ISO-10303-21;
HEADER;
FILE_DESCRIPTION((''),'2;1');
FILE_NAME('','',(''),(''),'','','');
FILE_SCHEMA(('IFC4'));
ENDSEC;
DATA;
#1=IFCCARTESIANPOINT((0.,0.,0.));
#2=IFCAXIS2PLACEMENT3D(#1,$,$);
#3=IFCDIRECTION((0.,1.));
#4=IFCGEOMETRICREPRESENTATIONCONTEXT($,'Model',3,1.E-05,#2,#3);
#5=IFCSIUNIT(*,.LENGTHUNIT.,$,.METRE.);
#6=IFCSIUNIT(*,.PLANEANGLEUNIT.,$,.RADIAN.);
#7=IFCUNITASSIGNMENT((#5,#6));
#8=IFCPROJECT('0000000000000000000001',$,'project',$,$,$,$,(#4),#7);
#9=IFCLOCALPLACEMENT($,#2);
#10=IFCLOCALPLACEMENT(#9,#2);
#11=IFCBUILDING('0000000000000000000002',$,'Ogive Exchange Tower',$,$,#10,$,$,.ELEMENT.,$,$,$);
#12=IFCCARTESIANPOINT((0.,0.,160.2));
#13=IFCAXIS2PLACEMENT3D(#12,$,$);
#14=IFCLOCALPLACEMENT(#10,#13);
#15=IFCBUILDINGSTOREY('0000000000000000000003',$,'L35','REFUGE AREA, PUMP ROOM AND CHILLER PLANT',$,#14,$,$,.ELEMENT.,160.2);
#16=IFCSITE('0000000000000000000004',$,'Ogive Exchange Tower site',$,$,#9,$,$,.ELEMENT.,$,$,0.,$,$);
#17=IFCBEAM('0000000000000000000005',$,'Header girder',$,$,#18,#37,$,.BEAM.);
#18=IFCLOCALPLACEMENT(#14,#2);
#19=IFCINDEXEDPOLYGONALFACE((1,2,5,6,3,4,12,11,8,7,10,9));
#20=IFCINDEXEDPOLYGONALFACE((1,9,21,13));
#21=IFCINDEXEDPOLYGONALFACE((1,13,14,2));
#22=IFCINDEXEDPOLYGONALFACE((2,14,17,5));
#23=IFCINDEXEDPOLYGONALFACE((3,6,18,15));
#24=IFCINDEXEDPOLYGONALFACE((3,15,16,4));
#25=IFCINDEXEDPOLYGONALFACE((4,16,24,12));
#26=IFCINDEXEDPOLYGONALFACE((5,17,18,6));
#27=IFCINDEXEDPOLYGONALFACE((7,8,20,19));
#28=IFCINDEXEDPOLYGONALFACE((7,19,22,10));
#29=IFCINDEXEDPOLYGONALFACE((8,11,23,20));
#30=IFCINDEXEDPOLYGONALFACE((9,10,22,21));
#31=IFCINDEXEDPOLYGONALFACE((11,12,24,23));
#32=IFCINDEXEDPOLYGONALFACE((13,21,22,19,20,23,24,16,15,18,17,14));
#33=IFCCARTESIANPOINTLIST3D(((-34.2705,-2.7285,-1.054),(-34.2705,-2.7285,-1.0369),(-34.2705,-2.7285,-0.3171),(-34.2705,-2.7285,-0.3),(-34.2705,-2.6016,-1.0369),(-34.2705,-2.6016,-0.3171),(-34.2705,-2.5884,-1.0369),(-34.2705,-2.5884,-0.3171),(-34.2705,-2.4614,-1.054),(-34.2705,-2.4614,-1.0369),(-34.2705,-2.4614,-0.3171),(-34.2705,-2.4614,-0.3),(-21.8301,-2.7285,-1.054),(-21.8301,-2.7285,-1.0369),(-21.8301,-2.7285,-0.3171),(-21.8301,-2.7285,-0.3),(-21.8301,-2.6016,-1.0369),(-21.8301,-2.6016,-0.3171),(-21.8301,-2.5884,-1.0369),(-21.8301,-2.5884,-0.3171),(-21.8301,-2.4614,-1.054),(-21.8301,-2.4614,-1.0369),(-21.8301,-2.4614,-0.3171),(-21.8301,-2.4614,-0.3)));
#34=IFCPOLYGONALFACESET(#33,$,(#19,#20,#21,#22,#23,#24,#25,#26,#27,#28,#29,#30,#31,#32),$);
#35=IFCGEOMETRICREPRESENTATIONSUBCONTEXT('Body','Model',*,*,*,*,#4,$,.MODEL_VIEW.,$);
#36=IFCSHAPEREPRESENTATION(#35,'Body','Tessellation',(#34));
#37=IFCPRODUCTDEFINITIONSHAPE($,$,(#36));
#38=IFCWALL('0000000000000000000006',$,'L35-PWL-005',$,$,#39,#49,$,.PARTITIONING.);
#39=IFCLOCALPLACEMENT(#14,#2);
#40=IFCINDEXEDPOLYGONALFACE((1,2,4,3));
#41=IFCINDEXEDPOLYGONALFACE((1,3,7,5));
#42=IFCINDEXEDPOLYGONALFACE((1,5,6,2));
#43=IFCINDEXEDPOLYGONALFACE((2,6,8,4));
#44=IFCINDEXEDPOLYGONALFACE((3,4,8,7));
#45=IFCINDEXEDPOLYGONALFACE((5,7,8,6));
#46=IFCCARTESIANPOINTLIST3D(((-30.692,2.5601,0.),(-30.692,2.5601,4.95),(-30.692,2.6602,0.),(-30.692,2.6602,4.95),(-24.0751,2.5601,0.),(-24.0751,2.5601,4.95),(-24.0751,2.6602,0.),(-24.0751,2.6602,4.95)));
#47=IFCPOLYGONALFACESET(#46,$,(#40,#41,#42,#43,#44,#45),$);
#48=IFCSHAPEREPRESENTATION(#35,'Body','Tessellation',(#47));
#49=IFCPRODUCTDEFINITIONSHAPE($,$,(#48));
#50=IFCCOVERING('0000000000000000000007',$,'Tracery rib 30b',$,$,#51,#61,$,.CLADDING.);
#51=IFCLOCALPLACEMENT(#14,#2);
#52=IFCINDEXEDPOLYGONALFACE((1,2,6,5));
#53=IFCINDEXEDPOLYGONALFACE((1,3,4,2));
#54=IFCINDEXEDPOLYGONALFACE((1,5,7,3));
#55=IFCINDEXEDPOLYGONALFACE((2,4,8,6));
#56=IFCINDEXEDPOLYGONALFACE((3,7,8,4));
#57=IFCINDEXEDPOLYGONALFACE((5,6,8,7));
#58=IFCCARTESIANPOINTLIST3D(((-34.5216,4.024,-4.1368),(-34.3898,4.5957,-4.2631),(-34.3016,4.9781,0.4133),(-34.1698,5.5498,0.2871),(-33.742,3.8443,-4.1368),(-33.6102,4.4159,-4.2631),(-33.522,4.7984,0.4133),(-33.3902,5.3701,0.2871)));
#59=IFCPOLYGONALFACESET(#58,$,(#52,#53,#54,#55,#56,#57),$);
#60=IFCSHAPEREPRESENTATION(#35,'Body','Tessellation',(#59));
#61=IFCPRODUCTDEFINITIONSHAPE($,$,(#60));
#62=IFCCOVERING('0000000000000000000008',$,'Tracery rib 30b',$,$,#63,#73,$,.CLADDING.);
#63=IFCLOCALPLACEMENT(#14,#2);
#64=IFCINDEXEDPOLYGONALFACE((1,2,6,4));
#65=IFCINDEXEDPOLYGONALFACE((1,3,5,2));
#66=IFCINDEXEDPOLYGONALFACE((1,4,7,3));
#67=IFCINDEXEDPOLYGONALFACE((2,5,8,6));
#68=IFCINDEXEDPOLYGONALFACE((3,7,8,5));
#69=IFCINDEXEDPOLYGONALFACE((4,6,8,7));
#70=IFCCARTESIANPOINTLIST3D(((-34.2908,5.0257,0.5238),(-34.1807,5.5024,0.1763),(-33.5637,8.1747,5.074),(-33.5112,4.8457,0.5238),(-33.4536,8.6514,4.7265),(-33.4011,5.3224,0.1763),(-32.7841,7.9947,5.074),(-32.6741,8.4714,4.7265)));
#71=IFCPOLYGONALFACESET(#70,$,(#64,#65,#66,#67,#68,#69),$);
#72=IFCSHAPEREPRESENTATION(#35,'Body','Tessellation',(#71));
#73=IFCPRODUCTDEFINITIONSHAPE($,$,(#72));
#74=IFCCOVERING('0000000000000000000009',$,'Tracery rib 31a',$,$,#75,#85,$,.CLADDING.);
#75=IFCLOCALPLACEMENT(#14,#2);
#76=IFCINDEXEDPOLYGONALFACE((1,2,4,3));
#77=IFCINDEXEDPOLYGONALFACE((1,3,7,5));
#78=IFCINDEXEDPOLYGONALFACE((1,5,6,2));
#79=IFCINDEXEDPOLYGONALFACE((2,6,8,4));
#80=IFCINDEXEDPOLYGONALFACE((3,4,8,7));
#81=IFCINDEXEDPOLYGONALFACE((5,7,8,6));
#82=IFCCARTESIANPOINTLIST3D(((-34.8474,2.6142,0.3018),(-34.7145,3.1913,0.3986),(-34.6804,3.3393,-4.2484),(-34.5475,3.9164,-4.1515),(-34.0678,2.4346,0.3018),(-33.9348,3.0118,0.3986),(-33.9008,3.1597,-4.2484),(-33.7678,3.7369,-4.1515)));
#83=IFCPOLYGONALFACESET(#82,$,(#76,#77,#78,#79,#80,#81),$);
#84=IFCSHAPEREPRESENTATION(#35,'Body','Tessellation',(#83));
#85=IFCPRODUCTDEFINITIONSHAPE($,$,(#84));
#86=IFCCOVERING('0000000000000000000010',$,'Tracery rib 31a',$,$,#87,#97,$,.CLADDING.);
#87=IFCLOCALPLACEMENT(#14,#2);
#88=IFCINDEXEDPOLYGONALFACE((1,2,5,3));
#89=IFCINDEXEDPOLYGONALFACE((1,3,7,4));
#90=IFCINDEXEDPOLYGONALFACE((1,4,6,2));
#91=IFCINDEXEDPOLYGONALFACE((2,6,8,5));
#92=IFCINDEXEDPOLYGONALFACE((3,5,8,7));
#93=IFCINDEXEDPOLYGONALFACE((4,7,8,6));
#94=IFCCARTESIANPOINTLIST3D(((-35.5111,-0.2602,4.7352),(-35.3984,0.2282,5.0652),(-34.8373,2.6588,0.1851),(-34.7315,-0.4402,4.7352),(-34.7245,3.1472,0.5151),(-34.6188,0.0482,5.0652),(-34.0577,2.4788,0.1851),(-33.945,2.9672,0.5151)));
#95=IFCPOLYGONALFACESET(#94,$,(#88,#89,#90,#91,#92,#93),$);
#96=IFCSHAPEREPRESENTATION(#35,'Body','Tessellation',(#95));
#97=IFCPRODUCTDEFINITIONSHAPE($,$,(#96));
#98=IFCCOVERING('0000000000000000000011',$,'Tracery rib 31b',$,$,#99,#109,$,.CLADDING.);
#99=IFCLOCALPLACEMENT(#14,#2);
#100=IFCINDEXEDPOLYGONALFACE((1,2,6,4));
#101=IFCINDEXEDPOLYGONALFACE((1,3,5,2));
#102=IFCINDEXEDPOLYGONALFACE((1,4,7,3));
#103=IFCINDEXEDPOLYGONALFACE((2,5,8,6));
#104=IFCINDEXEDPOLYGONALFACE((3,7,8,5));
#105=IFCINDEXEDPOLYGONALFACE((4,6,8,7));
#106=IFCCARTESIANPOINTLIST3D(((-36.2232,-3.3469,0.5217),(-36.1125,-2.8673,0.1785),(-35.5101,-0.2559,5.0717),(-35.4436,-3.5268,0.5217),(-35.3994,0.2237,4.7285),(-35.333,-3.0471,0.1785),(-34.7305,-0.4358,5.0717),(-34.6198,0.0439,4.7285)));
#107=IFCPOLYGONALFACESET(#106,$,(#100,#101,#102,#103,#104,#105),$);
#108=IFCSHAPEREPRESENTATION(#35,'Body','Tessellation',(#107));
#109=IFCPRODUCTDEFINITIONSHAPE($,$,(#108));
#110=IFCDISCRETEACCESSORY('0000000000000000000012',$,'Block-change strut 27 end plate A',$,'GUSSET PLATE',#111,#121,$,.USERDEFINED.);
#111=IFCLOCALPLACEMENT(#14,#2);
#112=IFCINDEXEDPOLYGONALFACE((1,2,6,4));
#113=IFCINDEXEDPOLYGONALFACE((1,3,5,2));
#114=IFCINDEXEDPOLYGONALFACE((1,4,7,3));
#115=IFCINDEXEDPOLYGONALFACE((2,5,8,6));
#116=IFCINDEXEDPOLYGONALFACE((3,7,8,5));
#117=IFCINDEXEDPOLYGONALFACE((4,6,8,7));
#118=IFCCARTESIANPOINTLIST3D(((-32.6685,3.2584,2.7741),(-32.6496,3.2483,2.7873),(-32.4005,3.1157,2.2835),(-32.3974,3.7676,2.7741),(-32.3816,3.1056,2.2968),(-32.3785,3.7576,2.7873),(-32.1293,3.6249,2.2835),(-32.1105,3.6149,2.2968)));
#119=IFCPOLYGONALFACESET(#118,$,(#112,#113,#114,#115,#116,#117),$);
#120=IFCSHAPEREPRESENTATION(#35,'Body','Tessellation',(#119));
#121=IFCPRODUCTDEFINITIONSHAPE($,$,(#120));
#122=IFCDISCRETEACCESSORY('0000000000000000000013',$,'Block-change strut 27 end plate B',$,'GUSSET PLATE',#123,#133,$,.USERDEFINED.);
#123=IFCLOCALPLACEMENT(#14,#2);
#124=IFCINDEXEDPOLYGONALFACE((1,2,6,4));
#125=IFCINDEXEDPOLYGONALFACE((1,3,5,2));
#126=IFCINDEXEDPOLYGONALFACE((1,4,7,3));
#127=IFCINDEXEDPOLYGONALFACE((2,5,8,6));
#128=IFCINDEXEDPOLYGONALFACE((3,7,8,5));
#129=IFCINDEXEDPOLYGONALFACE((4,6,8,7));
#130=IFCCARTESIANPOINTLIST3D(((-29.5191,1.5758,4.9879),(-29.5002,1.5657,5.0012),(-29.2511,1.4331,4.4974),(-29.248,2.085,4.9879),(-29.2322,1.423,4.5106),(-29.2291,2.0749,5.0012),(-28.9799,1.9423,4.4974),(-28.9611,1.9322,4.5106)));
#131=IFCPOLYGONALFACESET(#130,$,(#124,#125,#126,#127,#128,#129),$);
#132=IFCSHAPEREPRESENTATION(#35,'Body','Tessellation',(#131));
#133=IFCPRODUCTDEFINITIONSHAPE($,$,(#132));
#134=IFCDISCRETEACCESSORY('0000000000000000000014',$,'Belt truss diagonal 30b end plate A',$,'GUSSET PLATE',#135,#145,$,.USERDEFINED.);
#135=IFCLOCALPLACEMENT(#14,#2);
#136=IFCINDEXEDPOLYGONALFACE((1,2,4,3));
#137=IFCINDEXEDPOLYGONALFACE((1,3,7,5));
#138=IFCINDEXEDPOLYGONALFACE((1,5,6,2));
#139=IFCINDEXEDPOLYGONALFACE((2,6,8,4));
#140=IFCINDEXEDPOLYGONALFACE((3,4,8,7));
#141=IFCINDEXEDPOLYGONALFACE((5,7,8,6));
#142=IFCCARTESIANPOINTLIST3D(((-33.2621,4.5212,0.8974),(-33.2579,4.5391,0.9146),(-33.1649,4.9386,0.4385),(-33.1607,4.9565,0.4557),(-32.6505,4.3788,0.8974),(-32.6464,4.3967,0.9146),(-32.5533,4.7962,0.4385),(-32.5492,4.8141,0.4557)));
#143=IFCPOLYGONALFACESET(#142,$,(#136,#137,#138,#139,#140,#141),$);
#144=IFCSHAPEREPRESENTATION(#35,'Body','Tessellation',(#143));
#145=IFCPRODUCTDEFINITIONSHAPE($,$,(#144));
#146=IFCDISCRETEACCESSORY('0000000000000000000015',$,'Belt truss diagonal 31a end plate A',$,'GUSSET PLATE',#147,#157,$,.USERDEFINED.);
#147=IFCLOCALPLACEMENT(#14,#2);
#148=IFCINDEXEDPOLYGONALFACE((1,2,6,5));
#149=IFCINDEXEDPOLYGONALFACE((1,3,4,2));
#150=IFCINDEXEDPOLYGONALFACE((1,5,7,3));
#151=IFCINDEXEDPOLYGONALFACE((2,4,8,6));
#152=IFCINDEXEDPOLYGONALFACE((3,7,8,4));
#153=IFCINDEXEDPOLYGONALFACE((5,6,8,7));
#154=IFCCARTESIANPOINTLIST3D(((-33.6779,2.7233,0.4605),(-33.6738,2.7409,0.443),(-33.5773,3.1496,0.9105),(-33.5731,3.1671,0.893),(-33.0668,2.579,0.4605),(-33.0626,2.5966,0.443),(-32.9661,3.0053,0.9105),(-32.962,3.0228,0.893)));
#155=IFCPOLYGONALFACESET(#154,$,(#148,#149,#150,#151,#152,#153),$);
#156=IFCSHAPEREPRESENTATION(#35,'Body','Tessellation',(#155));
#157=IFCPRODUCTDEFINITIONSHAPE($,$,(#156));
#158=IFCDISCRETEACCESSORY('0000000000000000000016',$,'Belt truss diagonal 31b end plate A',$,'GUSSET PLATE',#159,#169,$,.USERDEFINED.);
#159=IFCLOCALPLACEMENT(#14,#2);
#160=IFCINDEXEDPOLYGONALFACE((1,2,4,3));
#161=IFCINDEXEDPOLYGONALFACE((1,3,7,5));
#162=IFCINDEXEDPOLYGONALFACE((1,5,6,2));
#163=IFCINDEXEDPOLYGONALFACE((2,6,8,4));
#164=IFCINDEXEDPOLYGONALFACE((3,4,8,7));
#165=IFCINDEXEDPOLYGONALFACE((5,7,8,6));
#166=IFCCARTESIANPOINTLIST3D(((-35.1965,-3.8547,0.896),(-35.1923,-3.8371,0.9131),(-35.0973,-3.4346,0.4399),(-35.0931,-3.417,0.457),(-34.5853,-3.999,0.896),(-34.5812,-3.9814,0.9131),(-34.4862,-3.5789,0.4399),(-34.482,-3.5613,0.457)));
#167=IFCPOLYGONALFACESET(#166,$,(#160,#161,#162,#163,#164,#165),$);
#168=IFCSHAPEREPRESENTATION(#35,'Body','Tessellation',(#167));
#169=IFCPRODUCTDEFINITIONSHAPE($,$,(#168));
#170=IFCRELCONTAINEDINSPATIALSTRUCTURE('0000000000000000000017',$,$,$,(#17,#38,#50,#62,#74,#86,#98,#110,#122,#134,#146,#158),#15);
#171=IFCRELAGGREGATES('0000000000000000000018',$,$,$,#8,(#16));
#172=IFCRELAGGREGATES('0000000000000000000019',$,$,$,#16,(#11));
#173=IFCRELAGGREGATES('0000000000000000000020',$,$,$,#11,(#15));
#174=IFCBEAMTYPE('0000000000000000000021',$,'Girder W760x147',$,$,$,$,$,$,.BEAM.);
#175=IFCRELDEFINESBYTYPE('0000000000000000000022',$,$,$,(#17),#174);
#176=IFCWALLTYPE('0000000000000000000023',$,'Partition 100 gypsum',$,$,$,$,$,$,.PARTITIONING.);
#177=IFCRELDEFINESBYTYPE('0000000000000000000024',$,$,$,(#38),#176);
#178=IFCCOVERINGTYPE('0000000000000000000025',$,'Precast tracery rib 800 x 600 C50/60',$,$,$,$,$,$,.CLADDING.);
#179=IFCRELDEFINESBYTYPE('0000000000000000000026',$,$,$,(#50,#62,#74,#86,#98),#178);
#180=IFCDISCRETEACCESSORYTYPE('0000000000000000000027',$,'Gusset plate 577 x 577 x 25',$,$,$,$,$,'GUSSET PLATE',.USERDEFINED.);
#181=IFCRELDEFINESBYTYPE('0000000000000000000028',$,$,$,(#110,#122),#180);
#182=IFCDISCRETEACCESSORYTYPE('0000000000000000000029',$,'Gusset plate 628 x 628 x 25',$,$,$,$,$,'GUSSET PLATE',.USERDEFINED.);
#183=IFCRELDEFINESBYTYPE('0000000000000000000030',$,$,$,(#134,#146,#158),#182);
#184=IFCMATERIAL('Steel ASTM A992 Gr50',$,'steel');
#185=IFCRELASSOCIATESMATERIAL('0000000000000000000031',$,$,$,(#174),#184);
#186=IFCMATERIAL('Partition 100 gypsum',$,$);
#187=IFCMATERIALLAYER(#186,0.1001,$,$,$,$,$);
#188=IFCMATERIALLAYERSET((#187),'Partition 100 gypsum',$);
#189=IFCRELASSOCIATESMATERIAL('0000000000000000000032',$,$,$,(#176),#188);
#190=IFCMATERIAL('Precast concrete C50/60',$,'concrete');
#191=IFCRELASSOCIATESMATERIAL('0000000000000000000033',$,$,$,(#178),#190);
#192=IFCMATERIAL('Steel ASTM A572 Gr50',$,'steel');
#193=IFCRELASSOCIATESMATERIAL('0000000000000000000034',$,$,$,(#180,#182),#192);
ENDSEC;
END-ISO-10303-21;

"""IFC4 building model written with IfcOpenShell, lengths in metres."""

from ifc_helpers import new_model, si_unit, direction, frame, frame_2d, origin, origin_2d, place, context, subcontext, project, spatial, rectangle, i_section, extrude, material, layer, layer_set, material_profile, profile_set, type_object, element, save


model = new_model("IFC4")

# Units and contexts
model_context = context("Model", 3, precision=1e-05, world=origin(), true_north=direction((0.0, 1.0)))
body_context = subcontext(model_context, "Body", "Model", "MODEL_VIEW")
ifc_project = project(units=[si_unit("LENGTHUNIT", "METRE"), si_unit("PLANEANGLEUNIT", "RADIAN")], contexts=[model_context])

# Site, building, storey
site_placement = place(None, origin())
site = spatial("IfcSite", under=ifc_project, at=site_placement, Name="Ogive Exchange Tower site", CompositionType="ELEMENT", RefElevation=0.0)
building_placement = place(site_placement, origin())
building = spatial("IfcBuilding", under=site, at=building_placement, Name="Ogive Exchange Tower", CompositionType="ELEMENT")
storey_placement = place(building_placement, frame((0.0, 0.0, 160.2)))
storey = spatial("IfcBuildingStorey", under=building, at=storey_placement, Name="L35", Description="REFUGE AREA, PUMP ROOM AND CHILLER PLANT", CompositionType="ELEMENT", Elevation=160.2)

# Shared definitions
ifc_material_1 = material(Name="Steel ASTM A992 Gr50", Category="steel")

# Beam
ifc_material_profile_1 = material_profile(ifc_material_1, i_section(OverallWidth=0.2671, OverallDepth=0.7539, WebThickness=0.0132, FlangeThickness=0.0171, at=origin_2d()), Name="W760x147")
ifc_profile_set_1 = profile_set([ifc_material_profile_1], Name="Steel ASTM A992 Gr50")
beam_type_1 = type_object("IfcBeamType", Name="Girder W760x147", PredefinedType="BEAM", material=ifc_profile_set_1)
beam_1_placement = place(storey_placement, frame((-34.2705, -2.595, -0.677), z_axis=(1.0, 0.0, 0.0), x_axis=(0.0, 1.0, 0.0)))
element("IfcBeam", 1, at=beam_1_placement, inside=storey, type_object=beam_type_1, Name="Header girder", PredefinedType="BEAM", context=body_context, shape_type="SweptSolid", body=[
    extrude(i_section(OverallWidth=0.2671, OverallDepth=0.7539, WebThickness=0.0132, FlangeThickness=0.0171, at=origin_2d()), origin(), (0.0, 0.0, 1.0), 12.4404),
])

# Wall
ifc_material_2 = material(Name="Partition 100 gypsum")
ifc_layer = layer(ifc_material_2, 0.1001)
ifc_layer_set = layer_set([ifc_layer], Name="Partition 100 gypsum")
wall_type = type_object("IfcWallType", Name="Partition 100 gypsum", PredefinedType="PARTITIONING", material=ifc_layer_set)
wall_placement = place(storey_placement, frame((-24.075, 2.6101, 0.0), z_axis=(0.0, 0.0, 1.0), x_axis=(-1.0, 0.0, 0.0)))
element("IfcWall", 2, at=wall_placement, inside=storey, type_object=wall_type, Name="L35-PWL-005", PredefinedType="PARTITIONING", context=body_context, shape_type="SweptSolid", body=[
    extrude(rectangle(XDim=6.6169, YDim=0.1001, at=frame_2d((3.3086, 0.0))), origin(), (0.0, 0.0, 1.0), 4.95),
])

# Coverings
ifc_material_3 = material(Name="Precast concrete C50/60", Category="concrete")
ifc_material_profile_2 = material_profile(ifc_material_3, rectangle(XDim=0.8, YDim=0.6001, at=origin_2d()), Name="RIB 800 x 600")
ifc_profile_set_2 = profile_set([ifc_material_profile_2], Name="Precast concrete C50/60")
covering_type = type_object("IfcCoveringType", Name="Precast tracery rib 800 x 600 C50/60", PredefinedType="CLADDING", material=ifc_profile_set_2)
covering_1_placement = place(storey_placement, frame((-34.0659, 4.22, -4.2), z_axis=(0.047263, 0.204998, 0.977621), x_axis=(-0.974437, 0.224659, 0.0)))
element("IfcCovering", 3, at=covering_1_placement, inside=storey, type_object=covering_type, Name="Tracery rib 30b", PredefinedType="CLADDING", context=body_context, shape_type="SweptSolid", body=[
    extrude(rectangle(XDim=0.8, YDim=0.6001, at=origin_2d()), origin(), (0.0, 0.0, 1.0), 4.6543),
])
covering_2_placement = place(storey_placement, frame((-33.8459, 5.1741, 0.3501), z_axis=(0.130273, 0.564225, 0.815278), x_axis=(-0.974366, 0.22497, 0.0)))
element("IfcCovering", 4, at=covering_2_placement, inside=storey, type_object=covering_type, Name="Tracery rib 30b", PredefinedType="CLADDING", context=body_context, shape_type="SweptSolid", body=[
    extrude(rectangle(XDim=0.8, YDim=0.6001, at=origin_2d()), origin(), (0.0, 0.0, 1.0), 5.5811),
])
covering_3_placement = place(storey_placement, frame((-34.2241, 3.5381, -4.2), z_axis=(-0.03622, -0.157271, 0.986891), x_axis=(0.974491, -0.224428, 0.0)))
element("IfcCovering", 5, at=covering_3_placement, inside=storey, type_object=covering_type, Name="Tracery rib 31a", PredefinedType="CLADDING", context=body_context, shape_type="SweptSolid", body=[
    extrude(rectangle(XDim=0.8, YDim=0.6001, at=origin_2d()), origin(), (0.0, 0.0, 1.0), 4.6106),
])
covering_4_placement = place(storey_placement, frame((-34.3911, 2.813, 0.3501), z_axis=(-0.123691, -0.535814, 0.835227), x_axis=(0.974375, -0.224931, 0.0)))
element("IfcCovering", 6, at=covering_4_placement, inside=storey, type_object=covering_type, Name="Tracery rib 31a", PredefinedType="CLADDING", context=body_context, shape_type="SweptSolid", body=[
    extrude(rectangle(XDim=0.8, YDim=0.6001, at=origin_2d()), origin(), (0.0, 0.0, 1.0), 5.4478),
])
covering_5_placement = place(storey_placement, frame((-35.7781, -3.197, 0.3501), z_axis=(0.128569, 0.557277, 0.820312), x_axis=(-0.974404, 0.224803, 0.0)))
element("IfcCovering", 7, at=covering_5_placement, inside=storey, type_object=covering_type, Name="Tracery rib 31b", PredefinedType="CLADDING", context=body_context, shape_type="SweptSolid", body=[
    extrude(rectangle(XDim=0.8, YDim=0.6001, at=origin_2d()), origin(), (0.0, 0.0, 1.0), 5.5466),
])

# Discrete accessories
ifc_material_4 = material(Name="Steel ASTM A572 Gr50", Category="steel")
ifc_material_profile_3 = material_profile(ifc_material_4, rectangle(XDim=0.5769, YDim=0.5769, at=origin_2d()), Name="PL 577 x 577 x 25")
ifc_profile_set_3 = profile_set([ifc_material_profile_3], Name="Steel ASTM A572 Gr50")
discrete_accessory_type_1 = type_object("IfcDiscreteAccessoryType", Name="Gusset plate 577 x 577 x 25", ElementType="GUSSET PLATE", PredefinedType="USERDEFINED", material=ifc_profile_set_3)
for number, where, z_axis, x_axis, name in (
    (8, (-32.3989, 3.4417, 2.5288), (0.750514, -0.399625, 0.526335), (0.469993, 0.88267, 0.0), "Block-change strut 27 end plate A"),
    (9, (-29.2495, 1.759, 4.7427), (0.750514, -0.399625, 0.526335), (0.469993, 0.88267, 0.0), "Block-change strut 27 end plate B"),
):
    element("IfcDiscreteAccessory", number, at=place(storey_placement, frame(where, z_axis=z_axis, x_axis=x_axis)), inside=storey, type_object=discrete_accessory_type_1, Name=name, ObjectType="GUSSET PLATE", PredefinedType="USERDEFINED", context=body_context, shape_type="SweptSolid", body=[
        extrude(rectangle(XDim=0.5769, YDim=0.5769, at=origin_2d()), origin(), (0.0, 0.0, 1.0), 0.0251),
    ])
ifc_material_profile_4 = material_profile(ifc_material_4, rectangle(XDim=0.6279, YDim=0.6279, at=origin_2d()), Name="PL 628 x 628 x 25")
ifc_profile_set_4 = profile_set([ifc_material_profile_4], Name="Steel ASTM A572 Gr50")
discrete_accessory_type_2 = type_object("IfcDiscreteAccessoryType", Name="Gusset plate 628 x 628 x 25", ElementType="GUSSET PLATE", PredefinedType="USERDEFINED", material=ifc_profile_set_4)
for number, where, z_axis, x_axis, name in (
    (10, (-32.9077, 4.6587, 0.668), (0.165761, 0.711797, 0.682545), (-0.97394, 0.226808, 0.0), "Belt truss diagonal 30b end plate A"),
    (11, (-33.3179, 2.8818, 0.668), (-0.164676, -0.697453, 0.697453), (0.97324, -0.229793, 0.0), "Belt truss diagonal 31a end plate A"),
):
    element("IfcDiscreteAccessory", number, at=place(storey_placement, frame(where, z_axis=z_axis, x_axis=x_axis)), inside=storey, type_object=discrete_accessory_type_2, Name=name, ObjectType="GUSSET PLATE", PredefinedType="USERDEFINED", context=body_context, shape_type="SweptSolid", body=[
        extrude(rectangle(XDim=0.6279, YDim=0.6279, at=origin_2d()), origin(), (0.0, 0.0, 1.0), 0.0251),
    ])
discrete_accessory_placement = place(storey_placement, frame((-34.8413, -3.7168, 0.668), z_axis=(0.166916, 0.706936, 0.687299), x_axis=(-0.97324, 0.229793, 0.0)))
element("IfcDiscreteAccessory", 12, at=discrete_accessory_placement, inside=storey, type_object=discrete_accessory_type_2, Name="Belt truss diagonal 31b end plate A", ObjectType="GUSSET PLATE", PredefinedType="USERDEFINED", context=body_context, shape_type="SweptSolid", body=[
    extrude(rectangle(XDim=0.6279, YDim=0.6279, at=origin_2d()), origin(), (0.0, 0.0, 1.0), 0.0249),
])

save(model, "model.ifc")
